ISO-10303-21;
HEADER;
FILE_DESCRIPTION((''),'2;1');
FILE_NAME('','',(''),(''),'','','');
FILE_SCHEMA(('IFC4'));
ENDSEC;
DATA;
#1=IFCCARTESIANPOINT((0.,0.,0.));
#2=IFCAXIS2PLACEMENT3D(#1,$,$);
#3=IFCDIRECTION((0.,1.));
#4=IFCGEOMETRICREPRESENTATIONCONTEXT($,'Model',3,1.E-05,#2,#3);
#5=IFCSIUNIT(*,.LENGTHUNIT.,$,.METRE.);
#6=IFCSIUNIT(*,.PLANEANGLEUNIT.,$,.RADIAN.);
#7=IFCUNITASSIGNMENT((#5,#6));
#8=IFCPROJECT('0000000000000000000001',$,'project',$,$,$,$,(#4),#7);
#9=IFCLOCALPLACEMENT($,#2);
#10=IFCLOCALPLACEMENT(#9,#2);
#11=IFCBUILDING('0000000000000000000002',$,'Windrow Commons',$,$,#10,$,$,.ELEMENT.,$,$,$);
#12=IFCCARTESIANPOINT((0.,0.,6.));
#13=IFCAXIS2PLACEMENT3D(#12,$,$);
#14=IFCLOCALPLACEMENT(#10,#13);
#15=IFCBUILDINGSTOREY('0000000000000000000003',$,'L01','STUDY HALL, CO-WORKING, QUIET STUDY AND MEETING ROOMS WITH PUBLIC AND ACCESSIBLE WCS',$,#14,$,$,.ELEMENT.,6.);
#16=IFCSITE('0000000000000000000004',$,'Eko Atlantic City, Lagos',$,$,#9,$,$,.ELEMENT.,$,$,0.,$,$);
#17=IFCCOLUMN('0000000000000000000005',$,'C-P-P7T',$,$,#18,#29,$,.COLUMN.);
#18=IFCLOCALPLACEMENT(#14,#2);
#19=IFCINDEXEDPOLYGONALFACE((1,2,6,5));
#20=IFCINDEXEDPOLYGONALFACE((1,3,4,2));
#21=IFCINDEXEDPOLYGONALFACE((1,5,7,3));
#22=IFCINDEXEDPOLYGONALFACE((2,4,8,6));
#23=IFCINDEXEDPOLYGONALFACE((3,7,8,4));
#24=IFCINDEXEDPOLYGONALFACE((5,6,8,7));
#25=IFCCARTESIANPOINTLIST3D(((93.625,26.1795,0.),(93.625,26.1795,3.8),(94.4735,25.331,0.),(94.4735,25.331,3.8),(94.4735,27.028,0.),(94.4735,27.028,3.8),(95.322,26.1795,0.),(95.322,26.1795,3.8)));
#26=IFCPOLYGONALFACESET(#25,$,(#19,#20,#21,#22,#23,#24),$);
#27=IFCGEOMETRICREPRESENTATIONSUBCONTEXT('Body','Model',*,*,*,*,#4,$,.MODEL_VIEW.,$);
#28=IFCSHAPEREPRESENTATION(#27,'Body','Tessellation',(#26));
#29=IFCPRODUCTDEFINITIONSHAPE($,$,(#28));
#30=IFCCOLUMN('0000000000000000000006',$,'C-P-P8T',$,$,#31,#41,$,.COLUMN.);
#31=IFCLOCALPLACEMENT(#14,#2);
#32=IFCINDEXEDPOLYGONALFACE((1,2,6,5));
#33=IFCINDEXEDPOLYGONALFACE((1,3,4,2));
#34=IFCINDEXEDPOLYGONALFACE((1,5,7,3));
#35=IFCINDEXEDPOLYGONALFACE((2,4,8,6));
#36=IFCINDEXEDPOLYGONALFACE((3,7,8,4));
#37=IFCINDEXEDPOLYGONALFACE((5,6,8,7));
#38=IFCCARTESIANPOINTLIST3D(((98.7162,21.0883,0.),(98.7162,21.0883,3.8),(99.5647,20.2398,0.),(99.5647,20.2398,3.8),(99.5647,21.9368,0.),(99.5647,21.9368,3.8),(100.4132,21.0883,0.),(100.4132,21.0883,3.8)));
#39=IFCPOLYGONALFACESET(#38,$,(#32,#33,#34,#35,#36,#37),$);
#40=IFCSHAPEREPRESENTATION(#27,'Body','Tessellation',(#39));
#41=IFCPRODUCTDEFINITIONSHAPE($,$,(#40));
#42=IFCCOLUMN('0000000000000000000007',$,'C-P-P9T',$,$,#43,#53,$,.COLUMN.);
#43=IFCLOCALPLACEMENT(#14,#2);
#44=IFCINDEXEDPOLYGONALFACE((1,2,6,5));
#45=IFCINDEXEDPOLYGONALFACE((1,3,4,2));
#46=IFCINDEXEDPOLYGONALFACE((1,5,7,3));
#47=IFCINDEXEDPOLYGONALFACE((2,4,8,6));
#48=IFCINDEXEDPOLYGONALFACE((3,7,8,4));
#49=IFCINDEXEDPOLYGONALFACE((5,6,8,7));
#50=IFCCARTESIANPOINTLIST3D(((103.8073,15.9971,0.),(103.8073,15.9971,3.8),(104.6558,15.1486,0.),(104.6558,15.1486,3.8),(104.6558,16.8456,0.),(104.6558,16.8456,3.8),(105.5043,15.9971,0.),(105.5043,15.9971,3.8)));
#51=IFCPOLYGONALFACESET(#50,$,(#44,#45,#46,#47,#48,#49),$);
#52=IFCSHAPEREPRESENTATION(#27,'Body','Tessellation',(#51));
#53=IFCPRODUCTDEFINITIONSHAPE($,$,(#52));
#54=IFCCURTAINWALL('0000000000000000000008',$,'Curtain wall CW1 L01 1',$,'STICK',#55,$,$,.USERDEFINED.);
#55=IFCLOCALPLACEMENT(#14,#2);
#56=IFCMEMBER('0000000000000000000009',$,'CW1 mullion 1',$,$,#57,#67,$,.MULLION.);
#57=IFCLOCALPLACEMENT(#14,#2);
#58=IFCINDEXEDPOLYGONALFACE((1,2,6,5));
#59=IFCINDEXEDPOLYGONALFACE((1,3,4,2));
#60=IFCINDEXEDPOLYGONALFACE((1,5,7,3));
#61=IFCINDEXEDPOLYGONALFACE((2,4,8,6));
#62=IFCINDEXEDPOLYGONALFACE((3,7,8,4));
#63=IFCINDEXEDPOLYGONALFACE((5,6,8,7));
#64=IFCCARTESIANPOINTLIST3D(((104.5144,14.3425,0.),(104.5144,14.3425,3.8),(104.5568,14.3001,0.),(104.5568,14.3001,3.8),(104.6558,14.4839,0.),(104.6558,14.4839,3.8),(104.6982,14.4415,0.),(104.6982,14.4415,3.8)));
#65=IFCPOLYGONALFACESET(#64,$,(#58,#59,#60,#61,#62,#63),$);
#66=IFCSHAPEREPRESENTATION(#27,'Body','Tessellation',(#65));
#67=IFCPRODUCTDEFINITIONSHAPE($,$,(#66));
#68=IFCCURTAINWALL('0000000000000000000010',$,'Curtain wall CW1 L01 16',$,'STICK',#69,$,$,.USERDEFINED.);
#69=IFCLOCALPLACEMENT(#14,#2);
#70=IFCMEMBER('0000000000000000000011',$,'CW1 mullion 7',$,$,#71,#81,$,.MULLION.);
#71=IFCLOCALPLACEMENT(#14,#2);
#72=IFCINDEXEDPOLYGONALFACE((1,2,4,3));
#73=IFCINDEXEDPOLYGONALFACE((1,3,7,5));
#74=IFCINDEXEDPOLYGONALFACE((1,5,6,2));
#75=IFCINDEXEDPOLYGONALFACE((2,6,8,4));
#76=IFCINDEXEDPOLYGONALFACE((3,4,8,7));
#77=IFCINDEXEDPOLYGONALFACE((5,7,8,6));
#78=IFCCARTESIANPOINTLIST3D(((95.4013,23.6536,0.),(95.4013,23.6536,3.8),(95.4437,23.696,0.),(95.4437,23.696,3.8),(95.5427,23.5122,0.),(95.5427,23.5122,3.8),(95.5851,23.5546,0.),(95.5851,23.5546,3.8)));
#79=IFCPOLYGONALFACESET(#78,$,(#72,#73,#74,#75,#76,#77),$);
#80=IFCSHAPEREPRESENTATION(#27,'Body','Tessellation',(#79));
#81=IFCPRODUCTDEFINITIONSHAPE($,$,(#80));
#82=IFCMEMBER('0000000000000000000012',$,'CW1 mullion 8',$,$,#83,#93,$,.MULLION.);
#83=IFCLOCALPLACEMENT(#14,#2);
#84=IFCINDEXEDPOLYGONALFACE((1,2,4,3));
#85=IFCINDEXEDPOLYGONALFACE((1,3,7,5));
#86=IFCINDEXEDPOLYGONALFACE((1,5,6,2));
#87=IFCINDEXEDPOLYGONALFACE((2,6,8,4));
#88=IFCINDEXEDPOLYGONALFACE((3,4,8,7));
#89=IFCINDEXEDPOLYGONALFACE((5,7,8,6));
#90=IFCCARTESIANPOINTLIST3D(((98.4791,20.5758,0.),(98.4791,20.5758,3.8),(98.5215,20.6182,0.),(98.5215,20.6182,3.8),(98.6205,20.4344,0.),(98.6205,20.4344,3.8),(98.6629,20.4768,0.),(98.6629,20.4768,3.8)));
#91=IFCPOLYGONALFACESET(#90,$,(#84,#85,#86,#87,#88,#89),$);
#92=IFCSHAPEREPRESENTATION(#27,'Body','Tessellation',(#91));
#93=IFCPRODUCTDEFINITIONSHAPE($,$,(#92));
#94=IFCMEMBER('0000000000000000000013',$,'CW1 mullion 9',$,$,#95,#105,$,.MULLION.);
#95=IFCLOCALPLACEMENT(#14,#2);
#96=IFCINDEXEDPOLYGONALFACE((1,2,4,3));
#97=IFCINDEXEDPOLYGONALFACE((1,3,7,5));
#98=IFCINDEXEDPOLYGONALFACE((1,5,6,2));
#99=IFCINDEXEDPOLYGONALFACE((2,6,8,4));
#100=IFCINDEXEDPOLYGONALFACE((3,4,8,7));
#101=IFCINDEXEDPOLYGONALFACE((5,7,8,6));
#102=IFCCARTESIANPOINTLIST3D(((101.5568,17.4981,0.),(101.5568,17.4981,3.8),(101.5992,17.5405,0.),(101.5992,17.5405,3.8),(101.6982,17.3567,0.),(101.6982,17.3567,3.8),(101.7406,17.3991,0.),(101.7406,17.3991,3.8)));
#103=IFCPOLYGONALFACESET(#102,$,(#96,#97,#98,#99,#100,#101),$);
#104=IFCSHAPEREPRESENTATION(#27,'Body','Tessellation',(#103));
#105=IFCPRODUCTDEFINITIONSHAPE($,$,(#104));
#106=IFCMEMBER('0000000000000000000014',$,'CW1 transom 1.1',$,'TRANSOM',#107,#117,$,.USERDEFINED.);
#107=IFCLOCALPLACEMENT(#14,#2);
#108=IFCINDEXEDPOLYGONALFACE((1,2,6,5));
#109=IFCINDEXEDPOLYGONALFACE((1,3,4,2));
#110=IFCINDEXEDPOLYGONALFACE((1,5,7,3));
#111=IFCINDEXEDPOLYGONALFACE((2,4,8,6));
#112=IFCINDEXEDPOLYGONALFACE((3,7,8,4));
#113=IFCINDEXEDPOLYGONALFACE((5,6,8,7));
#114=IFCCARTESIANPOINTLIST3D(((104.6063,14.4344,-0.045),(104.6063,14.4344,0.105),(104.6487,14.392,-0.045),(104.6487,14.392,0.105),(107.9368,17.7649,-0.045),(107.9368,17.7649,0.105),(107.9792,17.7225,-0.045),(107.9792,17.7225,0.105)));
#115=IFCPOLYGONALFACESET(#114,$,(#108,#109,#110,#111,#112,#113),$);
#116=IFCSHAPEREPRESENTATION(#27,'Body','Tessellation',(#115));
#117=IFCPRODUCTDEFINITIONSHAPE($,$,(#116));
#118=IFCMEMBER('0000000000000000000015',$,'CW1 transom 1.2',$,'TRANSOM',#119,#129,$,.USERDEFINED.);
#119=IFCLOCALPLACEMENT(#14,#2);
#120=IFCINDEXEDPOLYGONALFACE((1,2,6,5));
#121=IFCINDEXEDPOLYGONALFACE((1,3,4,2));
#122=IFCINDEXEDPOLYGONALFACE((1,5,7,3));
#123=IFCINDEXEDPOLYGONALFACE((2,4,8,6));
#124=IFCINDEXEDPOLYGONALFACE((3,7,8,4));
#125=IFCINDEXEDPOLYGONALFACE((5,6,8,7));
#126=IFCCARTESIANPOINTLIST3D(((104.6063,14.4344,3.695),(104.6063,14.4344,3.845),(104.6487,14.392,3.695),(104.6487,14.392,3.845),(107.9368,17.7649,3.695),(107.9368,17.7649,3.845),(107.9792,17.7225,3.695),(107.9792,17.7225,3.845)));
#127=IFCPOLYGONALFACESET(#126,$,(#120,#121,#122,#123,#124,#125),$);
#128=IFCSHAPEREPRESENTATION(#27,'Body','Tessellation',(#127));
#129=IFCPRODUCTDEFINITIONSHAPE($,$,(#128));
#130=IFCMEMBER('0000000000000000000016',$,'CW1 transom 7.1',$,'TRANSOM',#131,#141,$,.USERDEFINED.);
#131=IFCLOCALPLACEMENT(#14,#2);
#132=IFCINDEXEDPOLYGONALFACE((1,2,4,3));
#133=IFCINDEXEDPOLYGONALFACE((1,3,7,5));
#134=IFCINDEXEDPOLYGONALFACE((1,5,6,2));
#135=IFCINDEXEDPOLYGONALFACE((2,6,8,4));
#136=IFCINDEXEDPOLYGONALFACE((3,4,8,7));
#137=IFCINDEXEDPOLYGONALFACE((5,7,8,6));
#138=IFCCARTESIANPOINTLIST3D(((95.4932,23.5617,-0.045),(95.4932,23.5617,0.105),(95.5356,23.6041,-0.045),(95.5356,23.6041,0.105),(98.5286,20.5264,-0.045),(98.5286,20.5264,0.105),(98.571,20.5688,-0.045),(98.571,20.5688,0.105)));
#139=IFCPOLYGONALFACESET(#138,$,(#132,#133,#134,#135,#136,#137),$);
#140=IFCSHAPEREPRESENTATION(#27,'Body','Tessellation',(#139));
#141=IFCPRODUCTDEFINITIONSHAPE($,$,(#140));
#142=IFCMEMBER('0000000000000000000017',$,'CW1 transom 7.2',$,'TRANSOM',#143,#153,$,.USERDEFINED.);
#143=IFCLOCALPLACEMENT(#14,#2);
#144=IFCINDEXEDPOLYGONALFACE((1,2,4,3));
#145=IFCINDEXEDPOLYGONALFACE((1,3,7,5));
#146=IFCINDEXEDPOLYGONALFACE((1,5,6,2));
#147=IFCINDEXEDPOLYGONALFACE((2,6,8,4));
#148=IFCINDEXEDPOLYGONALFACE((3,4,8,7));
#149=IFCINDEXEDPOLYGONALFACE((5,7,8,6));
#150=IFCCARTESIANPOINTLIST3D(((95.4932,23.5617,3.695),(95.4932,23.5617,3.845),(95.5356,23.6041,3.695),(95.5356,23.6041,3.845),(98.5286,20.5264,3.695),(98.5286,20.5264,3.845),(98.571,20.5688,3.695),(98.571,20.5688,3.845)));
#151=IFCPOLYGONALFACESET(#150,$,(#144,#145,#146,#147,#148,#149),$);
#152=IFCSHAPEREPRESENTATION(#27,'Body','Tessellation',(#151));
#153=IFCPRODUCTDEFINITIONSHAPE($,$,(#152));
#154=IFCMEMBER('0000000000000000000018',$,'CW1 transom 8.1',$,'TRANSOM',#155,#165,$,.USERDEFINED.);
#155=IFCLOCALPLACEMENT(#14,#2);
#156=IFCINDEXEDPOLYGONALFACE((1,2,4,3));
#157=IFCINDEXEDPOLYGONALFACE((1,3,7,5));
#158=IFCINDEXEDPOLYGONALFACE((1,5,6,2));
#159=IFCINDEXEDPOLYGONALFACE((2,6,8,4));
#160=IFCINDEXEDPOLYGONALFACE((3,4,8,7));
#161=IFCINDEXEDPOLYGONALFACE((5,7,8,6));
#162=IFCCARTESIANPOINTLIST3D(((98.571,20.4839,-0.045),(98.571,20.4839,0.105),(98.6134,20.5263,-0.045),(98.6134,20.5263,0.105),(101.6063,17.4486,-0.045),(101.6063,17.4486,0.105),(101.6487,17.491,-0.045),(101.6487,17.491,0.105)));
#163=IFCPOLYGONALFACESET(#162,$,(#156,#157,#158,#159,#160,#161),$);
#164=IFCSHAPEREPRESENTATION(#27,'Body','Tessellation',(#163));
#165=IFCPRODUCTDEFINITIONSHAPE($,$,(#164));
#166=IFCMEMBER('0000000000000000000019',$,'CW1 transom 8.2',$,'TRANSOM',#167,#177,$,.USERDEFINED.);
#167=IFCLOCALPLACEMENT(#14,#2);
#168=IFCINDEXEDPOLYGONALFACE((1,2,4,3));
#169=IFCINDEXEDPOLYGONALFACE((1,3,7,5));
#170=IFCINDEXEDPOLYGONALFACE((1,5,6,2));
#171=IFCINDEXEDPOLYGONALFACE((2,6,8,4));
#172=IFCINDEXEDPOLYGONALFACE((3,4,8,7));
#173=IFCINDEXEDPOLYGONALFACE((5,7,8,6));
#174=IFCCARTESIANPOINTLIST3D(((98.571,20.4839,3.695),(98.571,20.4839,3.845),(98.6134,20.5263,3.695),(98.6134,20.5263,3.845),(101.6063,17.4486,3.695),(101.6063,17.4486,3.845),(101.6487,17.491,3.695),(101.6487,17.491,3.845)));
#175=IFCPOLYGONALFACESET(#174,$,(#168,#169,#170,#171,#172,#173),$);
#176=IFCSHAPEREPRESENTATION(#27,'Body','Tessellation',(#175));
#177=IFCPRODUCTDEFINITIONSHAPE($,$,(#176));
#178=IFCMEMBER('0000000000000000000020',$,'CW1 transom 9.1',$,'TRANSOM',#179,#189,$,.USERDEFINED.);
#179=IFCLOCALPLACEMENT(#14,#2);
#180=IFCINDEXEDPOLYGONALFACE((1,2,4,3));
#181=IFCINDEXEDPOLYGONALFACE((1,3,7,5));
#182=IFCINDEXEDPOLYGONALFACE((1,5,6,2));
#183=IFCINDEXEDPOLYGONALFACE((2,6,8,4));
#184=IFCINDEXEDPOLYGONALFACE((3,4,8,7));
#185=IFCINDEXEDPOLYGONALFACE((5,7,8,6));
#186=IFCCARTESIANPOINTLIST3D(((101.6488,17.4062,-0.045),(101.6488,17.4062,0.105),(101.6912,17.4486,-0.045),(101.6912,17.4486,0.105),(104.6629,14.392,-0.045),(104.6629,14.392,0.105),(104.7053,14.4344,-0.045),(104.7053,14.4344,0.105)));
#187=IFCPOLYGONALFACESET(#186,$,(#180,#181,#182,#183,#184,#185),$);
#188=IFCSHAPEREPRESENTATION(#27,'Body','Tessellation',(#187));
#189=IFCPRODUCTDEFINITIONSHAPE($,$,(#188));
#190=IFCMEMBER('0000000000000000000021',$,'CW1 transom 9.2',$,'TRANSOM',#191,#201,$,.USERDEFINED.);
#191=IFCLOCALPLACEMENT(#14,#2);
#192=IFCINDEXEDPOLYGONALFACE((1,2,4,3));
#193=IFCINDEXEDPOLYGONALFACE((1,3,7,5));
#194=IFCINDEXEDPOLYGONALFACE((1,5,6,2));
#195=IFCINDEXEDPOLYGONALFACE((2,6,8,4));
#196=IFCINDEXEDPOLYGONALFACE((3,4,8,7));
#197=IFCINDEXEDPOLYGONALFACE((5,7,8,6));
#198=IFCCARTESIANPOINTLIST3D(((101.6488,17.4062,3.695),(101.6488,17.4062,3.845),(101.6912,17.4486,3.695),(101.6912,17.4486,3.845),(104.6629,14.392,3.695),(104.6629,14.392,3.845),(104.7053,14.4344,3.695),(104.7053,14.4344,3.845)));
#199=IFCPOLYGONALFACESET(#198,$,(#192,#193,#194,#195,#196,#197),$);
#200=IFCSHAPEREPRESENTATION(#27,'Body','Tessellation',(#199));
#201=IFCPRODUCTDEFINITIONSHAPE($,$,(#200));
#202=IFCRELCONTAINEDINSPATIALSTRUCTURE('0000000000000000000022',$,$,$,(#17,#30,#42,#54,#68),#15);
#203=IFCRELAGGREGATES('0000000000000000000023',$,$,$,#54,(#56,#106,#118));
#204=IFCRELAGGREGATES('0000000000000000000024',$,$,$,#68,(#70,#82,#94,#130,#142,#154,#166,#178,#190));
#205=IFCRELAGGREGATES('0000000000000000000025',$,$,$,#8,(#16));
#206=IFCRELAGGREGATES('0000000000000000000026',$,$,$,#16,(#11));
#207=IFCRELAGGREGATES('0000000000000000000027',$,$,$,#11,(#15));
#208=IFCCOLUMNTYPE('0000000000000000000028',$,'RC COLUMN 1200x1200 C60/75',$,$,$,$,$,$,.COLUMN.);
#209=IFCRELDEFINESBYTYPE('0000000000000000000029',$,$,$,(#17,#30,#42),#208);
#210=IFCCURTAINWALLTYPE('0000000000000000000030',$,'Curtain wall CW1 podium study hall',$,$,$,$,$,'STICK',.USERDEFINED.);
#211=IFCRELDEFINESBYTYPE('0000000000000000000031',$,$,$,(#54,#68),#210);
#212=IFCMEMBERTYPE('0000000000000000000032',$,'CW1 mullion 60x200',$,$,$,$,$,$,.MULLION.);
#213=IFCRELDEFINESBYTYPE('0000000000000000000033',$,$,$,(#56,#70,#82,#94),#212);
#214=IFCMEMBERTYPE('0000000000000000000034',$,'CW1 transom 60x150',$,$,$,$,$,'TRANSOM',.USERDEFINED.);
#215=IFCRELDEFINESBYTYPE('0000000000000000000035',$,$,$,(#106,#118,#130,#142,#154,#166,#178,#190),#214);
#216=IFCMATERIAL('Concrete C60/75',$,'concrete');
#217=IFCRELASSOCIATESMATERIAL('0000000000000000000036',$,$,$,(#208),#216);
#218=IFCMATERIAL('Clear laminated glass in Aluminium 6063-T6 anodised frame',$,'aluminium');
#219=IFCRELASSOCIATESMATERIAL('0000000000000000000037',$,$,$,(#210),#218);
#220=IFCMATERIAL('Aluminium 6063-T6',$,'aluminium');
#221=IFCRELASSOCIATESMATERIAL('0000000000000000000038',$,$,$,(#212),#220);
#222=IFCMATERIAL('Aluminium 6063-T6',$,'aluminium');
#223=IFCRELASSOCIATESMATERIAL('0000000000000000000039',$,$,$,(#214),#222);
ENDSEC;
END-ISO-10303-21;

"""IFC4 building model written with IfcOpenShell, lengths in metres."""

from ifc_helpers import new_model, si_unit, direction, frame, origin, origin_2d, place, context, subcontext, project, spatial, rectangle, extrude, material, material_profile, profile_set, type_object, element, aggregate, save


model = new_model("IFC4")

# Units and contexts
model_context = context("Model", 3, precision=1e-05, world=origin(), true_north=direction((0.0, 1.0)))
body_context = subcontext(model_context, "Body", "Model", "MODEL_VIEW")
ifc_project = project(units=[si_unit("LENGTHUNIT", "METRE"), si_unit("PLANEANGLEUNIT", "RADIAN")], contexts=[model_context])

# Site, building, storey
site_placement = place(None, origin())
site = spatial("IfcSite", under=ifc_project, at=site_placement, Name="Eko Atlantic City, Lagos", CompositionType="ELEMENT", RefElevation=0.0)
building_placement = place(site_placement, origin())
building = spatial("IfcBuilding", under=site, at=building_placement, Name="Windrow Commons", CompositionType="ELEMENT")
storey_placement = place(building_placement, frame((0.0, 0.0, 6.0)))
storey = spatial("IfcBuildingStorey", under=building, at=storey_placement, Name="L01", Description="STUDY HALL, CO-WORKING, QUIET STUDY AND MEETING ROOMS WITH PUBLIC AND ACCESSIBLE WCS", CompositionType="ELEMENT", Elevation=6.0)

# Columns
ifc_material_1 = material(Name="Concrete C60/75", Category="concrete")
ifc_material_profile_1 = material_profile(ifc_material_1, rectangle(XDim=1.2, YDim=1.2, at=origin_2d()))
ifc_profile_set_1 = profile_set([ifc_material_profile_1], Name="Concrete C60/75")
column_type = type_object("IfcColumnType", Name="RC COLUMN 1200x1200 C60/75", PredefinedType="COLUMN", material=ifc_profile_set_1)
for number, where, z_axis, x_axis, name in (
    (1, (94.4735, 26.1795, 0.0), (0.0, 0.0, 1.0), (0.707107, -0.707107, 0.0), "C-P-P7T"),
    (2, (99.5647, 21.0883, 0.0), (0.0, 0.0, 1.0), (0.707107, -0.707107, 0.0), "C-P-P8T"),
    (3, (104.6558, 15.9971, 0.0), (0.0, 0.0, 1.0), (0.707107, -0.707107, 0.0), "C-P-P9T"),
):
    element("IfcColumn", number, at=place(storey_placement, frame(where, z_axis=z_axis, x_axis=x_axis)), inside=storey, type_object=column_type, Name=name, PredefinedType="COLUMN", context=body_context, shape_type="SweptSolid", body=[
        extrude(rectangle(XDim=1.2, YDim=1.2, at=origin_2d()), origin(), (0.0, 0.0, 1.0), 3.8),
    ])

# Curtain wall, member
ifc_material_2 = material(Name="Clear laminated glass in Aluminium 6063-T6 anodised frame", Category="aluminium")
curtain_wall_type = type_object("IfcCurtainWallType", Name="Curtain wall CW1 podium study hall", ElementType="STICK", PredefinedType="USERDEFINED", material=ifc_material_2)
placement = place(storey_placement, origin())
curtain_wall_1 = element("IfcCurtainWall", 4, at=placement, inside=storey, type_object=curtain_wall_type, Name="Curtain wall CW1 L01 1", ObjectType="STICK", PredefinedType="USERDEFINED")
ifc_material_3 = material(Name="Aluminium 6063-T6", Category="aluminium")
ifc_material_profile_2 = material_profile(ifc_material_3, rectangle(XDim=0.06, YDim=0.2, at=origin_2d()))
ifc_profile_set_2 = profile_set([ifc_material_profile_2], Name="Aluminium 6063-T6")
member_type_1 = type_object("IfcMemberType", Name="CW1 mullion 60x200", PredefinedType="MULLION", material=ifc_profile_set_2)
member_1_placement = place(storey_placement, frame((104.6063, 14.392, 0.0), z_axis=(0.0, 0.0, 1.0), x_axis=(-0.707104, 0.707109, 0.0)))
member_1 = element("IfcMember", 5, at=member_1_placement, type_object=member_type_1, Name="CW1 mullion 1", PredefinedType="MULLION", context=body_context, shape_type="SweptSolid", body=[
    extrude(rectangle(XDim=0.06, YDim=0.2, at=origin_2d()), origin(), (0.0, 0.0, 1.0), 3.8),
])

# Curtain wall, members
curtain_wall_2 = element("IfcCurtainWall", 6, at=placement, inside=storey, type_object=curtain_wall_type, Name="Curtain wall CW1 L01 16", ObjectType="STICK", PredefinedType="USERDEFINED")
member_2_placement = place(storey_placement, frame((95.4932, 23.6041, 0.0), z_axis=(0.0, 0.0, 1.0), x_axis=(0.707107, 0.707107, 0.0)))
member_2 = element("IfcMember", 7, at=member_2_placement, type_object=member_type_1, Name="CW1 mullion 7", PredefinedType="MULLION", context=body_context, shape_type="SweptSolid", body=[
    extrude(rectangle(XDim=0.06, YDim=0.2, at=origin_2d()), origin(), (0.0, 0.0, 1.0), 3.8),
])
member_3_placement = place(storey_placement, frame((98.571, 20.5263, 0.0), z_axis=(0.0, 0.0, 1.0), x_axis=(0.707107, 0.707107, 0.0)))
member_3 = element("IfcMember", 8, at=member_3_placement, type_object=member_type_1, Name="CW1 mullion 8", PredefinedType="MULLION", context=body_context, shape_type="SweptSolid", body=[
    extrude(rectangle(XDim=0.06, YDim=0.2, at=origin_2d()), origin(), (0.0, 0.0, 1.0), 3.8),
])
member_4_placement = place(storey_placement, frame((101.6487, 17.4486, 0.0), z_axis=(0.0, 0.0, 1.0), x_axis=(0.707107, 0.707107, 0.0)))
member_4 = element("IfcMember", 9, at=member_4_placement, type_object=member_type_1, Name="CW1 mullion 9", PredefinedType="MULLION", context=body_context, shape_type="SweptSolid", body=[
    extrude(rectangle(XDim=0.06, YDim=0.2, at=origin_2d()), origin(), (0.0, 0.0, 1.0), 3.8),
])

# Members
ifc_material_4 = material(Name="Aluminium 6063-T6", Category="aluminium")
ifc_material_profile_3 = material_profile(ifc_material_4, rectangle(XDim=0.06, YDim=0.15, at=origin_2d()))
ifc_profile_set_3 = profile_set([ifc_material_profile_3], Name="Aluminium 6063-T6")
member_type_2 = type_object("IfcMemberType", Name="CW1 transom 60x150", ElementType="TRANSOM", PredefinedType="USERDEFINED", material=ifc_profile_set_3)
member_5_placement = place(storey_placement, frame((104.6275, 14.4132, 0.03), z_axis=(0.707107, 0.707107, 0.0), x_axis=(-0.707107, 0.707107, 0.0)))
member_5 = element("IfcMember", 10, at=member_5_placement, type_object=member_type_2, Name="CW1 transom 1.1", ObjectType="TRANSOM", PredefinedType="USERDEFINED", context=body_context, shape_type="SweptSolid", body=[
    extrude(rectangle(XDim=0.06, YDim=0.15, at=origin_2d()), origin(), (0.0, 0.0, 1.0), 4.71),
])
member_6_placement = place(storey_placement, frame((104.6275, 14.4132, 3.77), z_axis=(0.707107, 0.707107, 0.0), x_axis=(-0.707107, 0.707107, 0.0)))
member_6 = element("IfcMember", 11, at=member_6_placement, type_object=member_type_2, Name="CW1 transom 1.2", ObjectType="TRANSOM", PredefinedType="USERDEFINED", context=body_context, shape_type="SweptSolid", body=[
    extrude(rectangle(XDim=0.06, YDim=0.15, at=origin_2d()), origin(), (0.0, 0.0, 1.0), 4.71),
])
aggregate(curtain_wall_1, [member_1, member_5, member_6])
member_7_placement = place(storey_placement, frame((95.5144, 23.5829, 0.03), z_axis=(0.707118, -0.707095, 0.0), x_axis=(0.707095, 0.707118, 0.0)))
member_7 = element("IfcMember", 12, at=member_7_placement, type_object=member_type_2, Name="CW1 transom 7.1", ObjectType="TRANSOM", PredefinedType="USERDEFINED", context=body_context, shape_type="SweptSolid", body=[
    extrude(rectangle(XDim=0.06, YDim=0.15, at=origin_2d()), origin(), (0.0, 0.0, 1.0), 4.2926),
])
member_8_placement = place(storey_placement, frame((95.5144, 23.5829, 3.77), z_axis=(0.707118, -0.707095, 0.0), x_axis=(0.707095, 0.707118, 0.0)))
member_8 = element("IfcMember", 13, at=member_8_placement, type_object=member_type_2, Name="CW1 transom 7.2", ObjectType="TRANSOM", PredefinedType="USERDEFINED", context=body_context, shape_type="SweptSolid", body=[
    extrude(rectangle(XDim=0.06, YDim=0.15, at=origin_2d()), origin(), (0.0, 0.0, 1.0), 4.2926),
])
member_9_placement = place(storey_placement, frame((98.5922, 20.5051, 0.03), z_axis=(0.707107, -0.707107, 0.0), x_axis=(0.707107, 0.707107, 0.0)))
member_9 = element("IfcMember", 14, at=member_9_placement, type_object=member_type_2, Name="CW1 transom 8.1", ObjectType="TRANSOM", PredefinedType="USERDEFINED", context=body_context, shape_type="SweptSolid", body=[
    extrude(rectangle(XDim=0.06, YDim=0.15, at=origin_2d()), origin(), (0.0, 0.0, 1.0), 4.2926),
])
member_10_placement = place(storey_placement, frame((98.5922, 20.5051, 3.77), z_axis=(0.707107, -0.707107, 0.0), x_axis=(0.707107, 0.707107, 0.0)))
member_10 = element("IfcMember", 15, at=member_10_placement, type_object=member_type_2, Name="CW1 transom 8.2", ObjectType="TRANSOM", PredefinedType="USERDEFINED", context=body_context, shape_type="SweptSolid", body=[
    extrude(rectangle(XDim=0.06, YDim=0.15, at=origin_2d()), origin(), (0.0, 0.0, 1.0), 4.2926),
])
member_11_placement = place(storey_placement, frame((101.67, 17.4274, 0.03), z_axis=(0.707095, -0.707119, 0.0), x_axis=(0.707119, 0.707095, 0.0)))
member_11 = element("IfcMember", 16, at=member_11_placement, type_object=member_type_2, Name="CW1 transom 9.1", ObjectType="TRANSOM", PredefinedType="USERDEFINED", context=body_context, shape_type="SweptSolid", body=[
    extrude(rectangle(XDim=0.06, YDim=0.15, at=origin_2d()), origin(), (0.0, 0.0, 1.0), 4.2627),
])
member_12_placement = place(storey_placement, frame((101.67, 17.4274, 3.77), z_axis=(0.707095, -0.707119, 0.0), x_axis=(0.707119, 0.707095, 0.0)))
member_12 = element("IfcMember", 17, at=member_12_placement, type_object=member_type_2, Name="CW1 transom 9.2", ObjectType="TRANSOM", PredefinedType="USERDEFINED", context=body_context, shape_type="SweptSolid", body=[
    extrude(rectangle(XDim=0.06, YDim=0.15, at=origin_2d()), origin(), (0.0, 0.0, 1.0), 4.2627),
])

aggregate(curtain_wall_2, [member_2, member_3, member_4, member_7, member_8, member_9, member_10, member_11, member_12])

save(model, "model.ifc")
